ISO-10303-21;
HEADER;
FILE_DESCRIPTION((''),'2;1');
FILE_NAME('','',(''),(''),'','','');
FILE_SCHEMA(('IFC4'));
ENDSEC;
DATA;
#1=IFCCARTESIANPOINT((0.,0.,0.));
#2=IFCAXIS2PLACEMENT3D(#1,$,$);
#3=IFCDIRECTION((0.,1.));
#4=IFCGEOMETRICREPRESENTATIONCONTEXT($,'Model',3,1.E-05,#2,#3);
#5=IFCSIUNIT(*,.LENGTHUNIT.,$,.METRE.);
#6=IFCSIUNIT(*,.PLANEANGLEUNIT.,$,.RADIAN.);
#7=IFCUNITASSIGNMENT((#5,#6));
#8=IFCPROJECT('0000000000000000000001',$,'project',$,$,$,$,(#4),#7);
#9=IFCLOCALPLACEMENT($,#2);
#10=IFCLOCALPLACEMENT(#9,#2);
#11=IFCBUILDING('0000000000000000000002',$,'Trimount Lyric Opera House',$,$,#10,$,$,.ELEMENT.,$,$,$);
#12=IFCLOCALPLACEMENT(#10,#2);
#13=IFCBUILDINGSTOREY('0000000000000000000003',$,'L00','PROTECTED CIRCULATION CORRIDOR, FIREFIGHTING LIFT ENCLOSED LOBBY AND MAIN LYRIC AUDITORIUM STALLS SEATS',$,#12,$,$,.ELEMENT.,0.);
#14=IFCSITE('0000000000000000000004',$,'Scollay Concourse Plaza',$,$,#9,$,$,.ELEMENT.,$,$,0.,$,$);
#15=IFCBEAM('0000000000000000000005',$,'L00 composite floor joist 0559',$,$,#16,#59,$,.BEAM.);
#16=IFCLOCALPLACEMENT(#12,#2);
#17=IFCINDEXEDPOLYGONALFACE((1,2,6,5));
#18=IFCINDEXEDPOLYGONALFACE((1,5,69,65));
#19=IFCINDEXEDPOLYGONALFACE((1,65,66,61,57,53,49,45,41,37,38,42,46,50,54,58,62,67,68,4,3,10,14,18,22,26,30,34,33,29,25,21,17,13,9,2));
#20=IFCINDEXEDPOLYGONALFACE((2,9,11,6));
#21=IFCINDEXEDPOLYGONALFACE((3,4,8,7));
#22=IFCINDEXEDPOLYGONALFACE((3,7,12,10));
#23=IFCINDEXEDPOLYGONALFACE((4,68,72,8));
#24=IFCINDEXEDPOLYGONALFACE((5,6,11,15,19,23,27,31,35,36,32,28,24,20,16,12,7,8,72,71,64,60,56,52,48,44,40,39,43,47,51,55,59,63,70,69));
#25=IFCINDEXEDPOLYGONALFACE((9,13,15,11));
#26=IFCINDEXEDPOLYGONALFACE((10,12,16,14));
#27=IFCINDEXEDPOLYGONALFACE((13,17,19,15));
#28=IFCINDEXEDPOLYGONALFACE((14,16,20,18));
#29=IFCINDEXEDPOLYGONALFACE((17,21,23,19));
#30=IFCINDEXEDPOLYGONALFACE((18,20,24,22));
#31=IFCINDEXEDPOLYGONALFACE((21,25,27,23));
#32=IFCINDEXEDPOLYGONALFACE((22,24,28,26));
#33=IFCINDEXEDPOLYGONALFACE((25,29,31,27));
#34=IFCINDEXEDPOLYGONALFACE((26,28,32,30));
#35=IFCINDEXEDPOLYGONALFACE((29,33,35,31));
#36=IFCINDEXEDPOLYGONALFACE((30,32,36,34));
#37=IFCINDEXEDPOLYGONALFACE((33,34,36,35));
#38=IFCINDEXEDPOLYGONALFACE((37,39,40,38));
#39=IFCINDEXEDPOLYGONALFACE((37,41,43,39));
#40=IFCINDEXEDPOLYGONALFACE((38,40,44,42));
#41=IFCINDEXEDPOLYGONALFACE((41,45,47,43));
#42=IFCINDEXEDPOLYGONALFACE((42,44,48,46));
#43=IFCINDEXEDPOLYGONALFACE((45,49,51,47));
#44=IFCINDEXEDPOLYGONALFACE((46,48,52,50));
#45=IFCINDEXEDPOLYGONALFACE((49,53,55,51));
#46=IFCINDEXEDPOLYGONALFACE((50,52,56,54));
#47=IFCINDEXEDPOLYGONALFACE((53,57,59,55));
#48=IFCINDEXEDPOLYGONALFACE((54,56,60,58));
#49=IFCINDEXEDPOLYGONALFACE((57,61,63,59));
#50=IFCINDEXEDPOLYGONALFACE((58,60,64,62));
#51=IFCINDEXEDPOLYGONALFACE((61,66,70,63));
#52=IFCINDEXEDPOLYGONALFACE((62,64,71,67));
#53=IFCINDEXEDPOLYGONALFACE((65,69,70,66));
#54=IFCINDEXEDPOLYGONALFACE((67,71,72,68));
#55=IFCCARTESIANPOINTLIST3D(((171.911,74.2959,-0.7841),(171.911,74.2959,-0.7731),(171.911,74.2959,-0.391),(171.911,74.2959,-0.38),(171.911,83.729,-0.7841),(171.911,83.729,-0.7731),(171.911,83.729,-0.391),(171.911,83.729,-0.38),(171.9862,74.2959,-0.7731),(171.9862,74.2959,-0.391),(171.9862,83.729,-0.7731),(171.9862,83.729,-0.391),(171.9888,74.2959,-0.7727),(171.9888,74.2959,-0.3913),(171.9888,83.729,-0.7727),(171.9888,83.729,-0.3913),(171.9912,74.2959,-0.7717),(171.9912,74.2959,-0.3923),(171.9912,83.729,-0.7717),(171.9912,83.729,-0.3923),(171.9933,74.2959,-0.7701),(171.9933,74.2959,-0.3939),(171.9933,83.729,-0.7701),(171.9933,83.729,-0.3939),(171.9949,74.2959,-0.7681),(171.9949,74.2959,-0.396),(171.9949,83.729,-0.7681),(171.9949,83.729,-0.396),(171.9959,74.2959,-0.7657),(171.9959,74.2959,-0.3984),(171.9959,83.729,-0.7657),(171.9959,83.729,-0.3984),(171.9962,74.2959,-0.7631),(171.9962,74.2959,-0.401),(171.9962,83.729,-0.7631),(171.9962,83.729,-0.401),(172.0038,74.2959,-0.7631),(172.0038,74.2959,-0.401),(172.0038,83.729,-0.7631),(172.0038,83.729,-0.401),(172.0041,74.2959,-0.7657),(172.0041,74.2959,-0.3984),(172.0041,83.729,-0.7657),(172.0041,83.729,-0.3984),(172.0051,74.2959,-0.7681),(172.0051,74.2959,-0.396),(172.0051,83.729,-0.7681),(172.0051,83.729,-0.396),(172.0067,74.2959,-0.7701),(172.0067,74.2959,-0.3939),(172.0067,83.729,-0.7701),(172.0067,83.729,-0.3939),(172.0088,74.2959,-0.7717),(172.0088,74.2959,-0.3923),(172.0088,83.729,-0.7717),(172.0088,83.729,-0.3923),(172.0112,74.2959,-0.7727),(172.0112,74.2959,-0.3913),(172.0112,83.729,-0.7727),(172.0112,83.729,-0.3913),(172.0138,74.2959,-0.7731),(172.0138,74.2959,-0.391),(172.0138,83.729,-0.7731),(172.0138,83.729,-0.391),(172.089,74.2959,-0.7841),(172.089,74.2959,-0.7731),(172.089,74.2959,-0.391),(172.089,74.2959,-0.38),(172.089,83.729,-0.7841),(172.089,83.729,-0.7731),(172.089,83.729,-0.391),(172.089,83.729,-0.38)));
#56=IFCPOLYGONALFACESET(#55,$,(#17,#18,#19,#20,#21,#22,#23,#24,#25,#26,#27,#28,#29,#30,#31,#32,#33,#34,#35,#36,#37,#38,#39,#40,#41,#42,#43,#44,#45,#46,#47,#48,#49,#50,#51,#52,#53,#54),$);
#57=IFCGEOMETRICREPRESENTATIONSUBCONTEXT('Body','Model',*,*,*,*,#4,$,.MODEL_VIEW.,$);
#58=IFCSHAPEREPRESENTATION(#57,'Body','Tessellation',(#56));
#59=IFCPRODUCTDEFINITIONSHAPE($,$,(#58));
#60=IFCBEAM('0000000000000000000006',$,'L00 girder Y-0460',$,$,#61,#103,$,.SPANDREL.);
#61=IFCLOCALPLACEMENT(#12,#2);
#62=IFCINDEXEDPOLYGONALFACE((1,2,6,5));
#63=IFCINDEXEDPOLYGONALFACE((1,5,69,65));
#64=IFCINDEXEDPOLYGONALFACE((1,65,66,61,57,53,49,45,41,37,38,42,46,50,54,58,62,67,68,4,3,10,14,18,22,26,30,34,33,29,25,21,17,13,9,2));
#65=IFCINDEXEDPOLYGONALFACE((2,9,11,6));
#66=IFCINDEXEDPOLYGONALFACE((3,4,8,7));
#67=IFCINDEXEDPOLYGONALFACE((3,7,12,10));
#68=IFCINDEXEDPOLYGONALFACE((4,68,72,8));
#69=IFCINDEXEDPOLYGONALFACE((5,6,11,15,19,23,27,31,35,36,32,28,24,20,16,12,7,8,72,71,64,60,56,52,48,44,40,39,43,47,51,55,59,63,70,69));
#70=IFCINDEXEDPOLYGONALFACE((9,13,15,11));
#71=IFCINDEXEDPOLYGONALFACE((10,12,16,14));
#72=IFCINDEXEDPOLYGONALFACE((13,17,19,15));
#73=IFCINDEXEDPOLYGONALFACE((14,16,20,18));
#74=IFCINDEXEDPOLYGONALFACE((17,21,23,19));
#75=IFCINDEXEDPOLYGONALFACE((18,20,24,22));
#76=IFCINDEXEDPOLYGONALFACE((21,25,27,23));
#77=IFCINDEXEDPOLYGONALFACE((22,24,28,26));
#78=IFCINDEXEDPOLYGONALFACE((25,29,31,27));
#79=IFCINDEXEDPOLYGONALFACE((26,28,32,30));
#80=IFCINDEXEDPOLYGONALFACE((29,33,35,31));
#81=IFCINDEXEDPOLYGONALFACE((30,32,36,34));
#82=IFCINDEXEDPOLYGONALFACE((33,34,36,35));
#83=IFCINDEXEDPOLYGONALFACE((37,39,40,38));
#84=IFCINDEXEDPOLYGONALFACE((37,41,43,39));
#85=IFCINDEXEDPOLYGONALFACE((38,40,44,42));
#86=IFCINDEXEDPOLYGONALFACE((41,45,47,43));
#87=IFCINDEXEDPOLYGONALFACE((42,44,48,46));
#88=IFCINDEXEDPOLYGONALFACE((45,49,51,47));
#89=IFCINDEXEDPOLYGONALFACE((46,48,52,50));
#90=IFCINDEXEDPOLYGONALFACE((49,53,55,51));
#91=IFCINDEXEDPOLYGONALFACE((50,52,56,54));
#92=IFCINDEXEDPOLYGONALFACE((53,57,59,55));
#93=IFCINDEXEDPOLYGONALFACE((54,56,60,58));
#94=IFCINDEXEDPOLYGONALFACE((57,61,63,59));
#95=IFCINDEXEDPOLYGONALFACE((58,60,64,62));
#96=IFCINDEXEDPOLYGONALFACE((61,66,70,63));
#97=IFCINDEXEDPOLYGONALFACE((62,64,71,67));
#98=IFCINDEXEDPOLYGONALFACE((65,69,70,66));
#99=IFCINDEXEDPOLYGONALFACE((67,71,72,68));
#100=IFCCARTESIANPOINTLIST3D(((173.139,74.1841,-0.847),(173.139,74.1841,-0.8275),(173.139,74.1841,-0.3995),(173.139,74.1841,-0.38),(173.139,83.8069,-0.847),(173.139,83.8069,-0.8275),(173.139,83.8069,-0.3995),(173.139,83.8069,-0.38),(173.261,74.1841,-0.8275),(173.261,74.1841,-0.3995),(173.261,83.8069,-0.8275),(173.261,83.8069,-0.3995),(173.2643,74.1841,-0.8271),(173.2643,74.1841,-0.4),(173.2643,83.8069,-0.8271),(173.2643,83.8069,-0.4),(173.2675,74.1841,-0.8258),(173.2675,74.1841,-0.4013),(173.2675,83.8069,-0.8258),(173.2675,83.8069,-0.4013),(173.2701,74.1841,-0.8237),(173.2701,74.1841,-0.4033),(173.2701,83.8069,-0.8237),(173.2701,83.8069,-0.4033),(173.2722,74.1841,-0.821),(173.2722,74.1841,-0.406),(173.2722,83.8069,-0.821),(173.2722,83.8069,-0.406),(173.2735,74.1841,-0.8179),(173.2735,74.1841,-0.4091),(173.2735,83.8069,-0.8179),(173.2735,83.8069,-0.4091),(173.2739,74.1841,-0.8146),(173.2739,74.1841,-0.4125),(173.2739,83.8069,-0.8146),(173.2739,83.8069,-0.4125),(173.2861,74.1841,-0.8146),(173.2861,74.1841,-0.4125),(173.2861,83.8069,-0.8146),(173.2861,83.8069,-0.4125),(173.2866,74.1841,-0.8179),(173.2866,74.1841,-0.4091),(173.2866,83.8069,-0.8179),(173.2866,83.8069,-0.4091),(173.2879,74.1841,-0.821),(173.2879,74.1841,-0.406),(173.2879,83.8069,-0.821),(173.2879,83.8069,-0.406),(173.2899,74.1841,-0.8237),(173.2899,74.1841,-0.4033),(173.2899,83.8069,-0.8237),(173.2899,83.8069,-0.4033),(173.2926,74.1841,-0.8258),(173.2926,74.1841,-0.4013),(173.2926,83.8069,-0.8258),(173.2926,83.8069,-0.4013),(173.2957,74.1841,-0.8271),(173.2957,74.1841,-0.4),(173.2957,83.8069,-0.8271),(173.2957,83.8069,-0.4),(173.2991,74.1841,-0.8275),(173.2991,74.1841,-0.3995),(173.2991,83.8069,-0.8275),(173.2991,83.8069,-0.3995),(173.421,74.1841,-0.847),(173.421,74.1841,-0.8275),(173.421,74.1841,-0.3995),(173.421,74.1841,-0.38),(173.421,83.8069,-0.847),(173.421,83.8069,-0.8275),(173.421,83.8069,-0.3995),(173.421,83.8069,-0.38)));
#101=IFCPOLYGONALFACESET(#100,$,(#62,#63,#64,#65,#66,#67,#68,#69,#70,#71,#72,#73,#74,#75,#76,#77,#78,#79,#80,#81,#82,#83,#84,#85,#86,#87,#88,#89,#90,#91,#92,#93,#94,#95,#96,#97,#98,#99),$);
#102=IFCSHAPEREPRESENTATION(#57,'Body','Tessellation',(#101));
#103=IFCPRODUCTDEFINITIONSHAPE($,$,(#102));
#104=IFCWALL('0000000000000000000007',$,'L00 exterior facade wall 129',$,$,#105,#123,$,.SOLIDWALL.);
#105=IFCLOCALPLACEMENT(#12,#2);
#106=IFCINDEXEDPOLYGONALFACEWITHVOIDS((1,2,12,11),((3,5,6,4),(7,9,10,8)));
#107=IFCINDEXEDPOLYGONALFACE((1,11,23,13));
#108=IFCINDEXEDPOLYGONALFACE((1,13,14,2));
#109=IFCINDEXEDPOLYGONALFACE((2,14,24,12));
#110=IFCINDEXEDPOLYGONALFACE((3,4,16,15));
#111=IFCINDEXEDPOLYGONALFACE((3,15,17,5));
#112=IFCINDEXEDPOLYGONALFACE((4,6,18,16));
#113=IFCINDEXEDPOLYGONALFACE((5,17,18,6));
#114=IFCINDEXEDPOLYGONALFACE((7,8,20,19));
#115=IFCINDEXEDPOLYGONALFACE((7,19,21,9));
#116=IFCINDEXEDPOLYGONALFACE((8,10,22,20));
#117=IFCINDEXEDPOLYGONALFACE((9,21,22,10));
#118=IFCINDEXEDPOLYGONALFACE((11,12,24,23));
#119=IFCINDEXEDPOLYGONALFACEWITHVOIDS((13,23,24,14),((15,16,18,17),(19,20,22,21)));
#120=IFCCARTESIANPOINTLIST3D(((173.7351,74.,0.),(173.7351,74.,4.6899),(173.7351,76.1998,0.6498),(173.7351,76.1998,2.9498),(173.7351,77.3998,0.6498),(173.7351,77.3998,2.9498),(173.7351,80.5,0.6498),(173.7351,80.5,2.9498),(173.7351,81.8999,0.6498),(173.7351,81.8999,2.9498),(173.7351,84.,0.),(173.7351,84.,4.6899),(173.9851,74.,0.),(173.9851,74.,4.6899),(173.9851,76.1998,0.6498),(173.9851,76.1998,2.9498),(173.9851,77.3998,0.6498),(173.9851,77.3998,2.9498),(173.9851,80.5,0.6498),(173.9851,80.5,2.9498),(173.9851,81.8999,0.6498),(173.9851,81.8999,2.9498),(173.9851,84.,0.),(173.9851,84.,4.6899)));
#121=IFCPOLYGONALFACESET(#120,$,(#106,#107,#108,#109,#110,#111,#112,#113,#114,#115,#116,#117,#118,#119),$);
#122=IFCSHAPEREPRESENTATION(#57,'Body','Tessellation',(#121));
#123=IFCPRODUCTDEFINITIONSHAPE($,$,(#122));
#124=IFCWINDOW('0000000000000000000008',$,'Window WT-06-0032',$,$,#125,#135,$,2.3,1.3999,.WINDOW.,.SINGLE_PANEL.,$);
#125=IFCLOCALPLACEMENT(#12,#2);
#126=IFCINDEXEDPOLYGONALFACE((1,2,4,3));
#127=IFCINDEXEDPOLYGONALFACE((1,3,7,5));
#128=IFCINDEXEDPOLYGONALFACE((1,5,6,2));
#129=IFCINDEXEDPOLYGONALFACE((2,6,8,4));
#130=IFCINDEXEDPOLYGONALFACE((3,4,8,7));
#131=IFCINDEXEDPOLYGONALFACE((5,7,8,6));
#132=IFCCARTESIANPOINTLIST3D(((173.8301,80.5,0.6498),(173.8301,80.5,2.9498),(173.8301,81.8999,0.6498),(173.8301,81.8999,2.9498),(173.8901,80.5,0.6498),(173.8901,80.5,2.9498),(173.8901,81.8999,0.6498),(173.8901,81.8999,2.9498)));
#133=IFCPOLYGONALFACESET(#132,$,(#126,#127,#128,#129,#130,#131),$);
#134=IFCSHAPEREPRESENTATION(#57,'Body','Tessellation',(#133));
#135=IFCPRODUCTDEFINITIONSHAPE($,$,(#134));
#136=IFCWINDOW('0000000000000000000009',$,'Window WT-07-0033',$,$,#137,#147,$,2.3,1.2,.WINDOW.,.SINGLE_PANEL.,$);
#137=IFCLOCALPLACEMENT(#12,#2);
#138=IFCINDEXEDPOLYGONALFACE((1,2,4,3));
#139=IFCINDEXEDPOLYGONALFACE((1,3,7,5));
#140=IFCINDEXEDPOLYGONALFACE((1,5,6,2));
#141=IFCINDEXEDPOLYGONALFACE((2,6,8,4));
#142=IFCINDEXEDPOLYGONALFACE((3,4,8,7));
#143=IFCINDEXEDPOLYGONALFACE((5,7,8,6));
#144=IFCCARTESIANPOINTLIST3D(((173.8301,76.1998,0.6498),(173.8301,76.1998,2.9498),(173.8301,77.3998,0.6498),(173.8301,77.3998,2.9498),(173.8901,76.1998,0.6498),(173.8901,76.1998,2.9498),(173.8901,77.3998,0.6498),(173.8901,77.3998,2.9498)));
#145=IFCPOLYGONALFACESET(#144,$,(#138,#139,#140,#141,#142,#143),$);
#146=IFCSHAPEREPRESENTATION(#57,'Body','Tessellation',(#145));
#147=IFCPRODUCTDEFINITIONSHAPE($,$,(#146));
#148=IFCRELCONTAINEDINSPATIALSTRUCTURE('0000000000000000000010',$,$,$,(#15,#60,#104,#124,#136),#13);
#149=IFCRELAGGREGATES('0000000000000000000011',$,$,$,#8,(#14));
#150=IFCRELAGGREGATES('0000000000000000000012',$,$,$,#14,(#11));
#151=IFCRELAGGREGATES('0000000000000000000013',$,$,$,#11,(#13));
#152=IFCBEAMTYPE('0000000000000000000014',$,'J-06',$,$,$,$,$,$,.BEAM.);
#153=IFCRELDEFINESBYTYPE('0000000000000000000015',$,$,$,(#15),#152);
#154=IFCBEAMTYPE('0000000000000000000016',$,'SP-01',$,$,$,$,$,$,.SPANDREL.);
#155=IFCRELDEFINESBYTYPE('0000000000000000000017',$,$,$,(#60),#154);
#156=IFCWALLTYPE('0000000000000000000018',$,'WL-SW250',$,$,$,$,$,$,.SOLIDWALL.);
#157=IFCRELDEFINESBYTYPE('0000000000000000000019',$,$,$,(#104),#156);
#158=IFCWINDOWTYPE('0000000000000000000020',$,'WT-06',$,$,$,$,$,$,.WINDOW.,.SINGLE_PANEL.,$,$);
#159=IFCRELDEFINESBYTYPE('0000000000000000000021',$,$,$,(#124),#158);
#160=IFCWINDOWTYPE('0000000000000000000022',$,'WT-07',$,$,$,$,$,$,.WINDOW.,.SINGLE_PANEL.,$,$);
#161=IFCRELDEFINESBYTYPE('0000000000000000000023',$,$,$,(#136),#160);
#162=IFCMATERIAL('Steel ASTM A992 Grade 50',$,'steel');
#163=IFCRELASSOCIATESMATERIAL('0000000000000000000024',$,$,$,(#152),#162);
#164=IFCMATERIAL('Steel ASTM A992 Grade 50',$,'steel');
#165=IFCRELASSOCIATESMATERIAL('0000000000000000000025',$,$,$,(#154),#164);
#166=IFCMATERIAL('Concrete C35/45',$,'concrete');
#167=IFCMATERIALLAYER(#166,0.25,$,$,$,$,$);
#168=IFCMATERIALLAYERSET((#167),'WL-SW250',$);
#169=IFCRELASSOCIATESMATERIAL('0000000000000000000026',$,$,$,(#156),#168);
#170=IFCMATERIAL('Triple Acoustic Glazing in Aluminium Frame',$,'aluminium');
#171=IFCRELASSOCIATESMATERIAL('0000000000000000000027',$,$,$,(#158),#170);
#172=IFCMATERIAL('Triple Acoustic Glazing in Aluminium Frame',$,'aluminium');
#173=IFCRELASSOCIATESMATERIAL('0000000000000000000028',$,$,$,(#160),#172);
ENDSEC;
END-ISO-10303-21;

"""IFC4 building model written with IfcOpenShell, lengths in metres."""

from ifc_helpers import new_model, si_unit, direction, frame, frame_2d, origin, origin_2d, place, context, subcontext, project, spatial, rectangle, i_section, extrude, material, layer, layer_set, material_profile, profile_set, type_object, element, fill, save


model = new_model("IFC4")

# Units and contexts
model_context = context("Model", 3, precision=1e-05, world=origin(), true_north=direction((0.0, 1.0)))
body_context = subcontext(model_context, "Body", "Model", "MODEL_VIEW")
ifc_project = project(units=[si_unit("LENGTHUNIT", "METRE"), si_unit("PLANEANGLEUNIT", "RADIAN")], contexts=[model_context])

# Site, building, storey
site_placement = place(None, origin())
site = spatial("IfcSite", under=ifc_project, at=site_placement, Name="Scollay Concourse Plaza", CompositionType="ELEMENT", RefElevation=0.0)
building_placement = place(site_placement, origin())
building = spatial("IfcBuilding", under=site, at=building_placement, Name="Trimount Lyric Opera House", CompositionType="ELEMENT")
storey_placement = place(building_placement, origin())
storey = spatial("IfcBuildingStorey", under=building, at=storey_placement, Name="L00", Description="PROTECTED CIRCULATION CORRIDOR, FIREFIGHTING LIFT ENCLOSED LOBBY AND MAIN LYRIC AUDITORIUM STALLS SEATS", CompositionType="ELEMENT", Elevation=0.0)

# Beams
ifc_material_1 = material(Name="Steel ASTM A992 Grade 50", Category="steel")
ifc_material_profile_1 = material_profile(ifc_material_1, i_section(OverallWidth=0.178, OverallDepth=0.4041, WebThickness=0.0076, FlangeThickness=0.011, FilletRadius=0.01, at=origin_2d()), Name="W16X36")
ifc_profile_set_1 = profile_set([ifc_material_profile_1], Name="Steel ASTM A992 Grade 50")
beam_type_1 = type_object("IfcBeamType", Name="J-06", PredefinedType="BEAM", material=ifc_profile_set_1)
beam_1_placement = place(storey_placement, frame((172.0, 74.2959, -0.582), z_axis=(0.0, 1.0, 0.0), x_axis=(-1.0, 0.0, 0.0)))
element("IfcBeam", 1, at=beam_1_placement, inside=storey, type_object=beam_type_1, Name="L00 composite floor joist 0559", PredefinedType="BEAM", context=body_context, shape_type="SweptSolid", body=[
    extrude(i_section(OverallWidth=0.178, OverallDepth=0.4041, WebThickness=0.0076, FlangeThickness=0.011, FilletRadius=0.01, at=origin_2d()), origin(), (0.0, 0.0, 1.0), 9.4331),
])
ifc_material_2 = material(Name="Steel ASTM A992 Grade 50", Category="steel")
ifc_material_profile_2 = material_profile(ifc_material_2, i_section(OverallWidth=0.282, OverallDepth=0.467, WebThickness=0.0122, FlangeThickness=0.0195, FilletRadius=0.0129, at=origin_2d()), Name="W18X86")
ifc_profile_set_2 = profile_set([ifc_material_profile_2], Name="Steel ASTM A992 Grade 50")
beam_type_2 = type_object("IfcBeamType", Name="SP-01", PredefinedType="SPANDREL", material=ifc_profile_set_2)
beam_2_placement = place(storey_placement, frame((173.28, 74.1841, -0.6135), z_axis=(0.0, 1.0, 0.0), x_axis=(-1.0, 0.0, 0.0)))
element("IfcBeam", 2, at=beam_2_placement, inside=storey, type_object=beam_type_2, Name="L00 girder Y-0460", PredefinedType="SPANDREL", context=body_context, shape_type="SweptSolid", body=[
    extrude(i_section(OverallWidth=0.282, OverallDepth=0.467, WebThickness=0.0122, FlangeThickness=0.0195, FilletRadius=0.0129, at=origin_2d()), origin(), (0.0, 0.0, 1.0), 9.6228),
])

# Wall, openings, windows
ifc_material_3 = material(Name="Concrete C35/45", Category="concrete")
ifc_layer = layer(ifc_material_3, 0.25)
ifc_layer_set = layer_set([ifc_layer], Name="WL-SW250")
wall_type = type_object("IfcWallType", Name="WL-SW250", PredefinedType="SOLIDWALL", material=ifc_layer_set)
wall_1_placement = place(storey_placement, frame((173.8601, 84.0, 0.0), z_axis=(0.0, 0.0, 1.0), x_axis=(0.0, -1.0, 0.0)))
wall_1 = element("IfcWall", 3, at=wall_1_placement, inside=storey, type_object=wall_type, Name="L00 exterior facade wall 129", PredefinedType="SOLIDWALL", context=body_context, shape_type="SweptSolid", body=[
    extrude(rectangle(XDim=10.0, YDim=0.25, at=frame_2d((5.0, 0.0))), origin(), (0.0, 0.0, 1.0), 4.6899),
])
opening_1_placement = place(wall_1_placement, frame((2.1001, 0.0, 0.6499)))
opening_1 = element("IfcOpeningElement", 4, at=opening_1_placement, cuts=wall_1, PredefinedType="OPENING", context=body_context, shape_type="SweptSolid", body=[
    extrude(rectangle(XDim=1.3999, YDim=2.3, at=frame_2d((0.7, 1.1499))), frame((0.0, 0.135, 0.0), z_axis=(0.0, -1.0, 0.0), x_axis=(1.0, 0.0, 0.0)), (0.0, 0.0, 1.0), 0.27),
])
opening_2_placement = place(wall_1_placement, frame((6.6001, 0.0, 0.6499)))
opening_2 = element("IfcOpeningElement", 5, at=opening_2_placement, cuts=wall_1, PredefinedType="OPENING", context=body_context, shape_type="SweptSolid", body=[
    extrude(rectangle(XDim=1.2, YDim=2.3, at=frame_2d((0.6001, 1.1499))), frame((0.0, 0.135, 0.0), z_axis=(0.0, -1.0, 0.0), x_axis=(1.0, 0.0, 0.0)), (0.0, 0.0, 1.0), 0.27),
])
ifc_material_4 = material(Name="Triple Acoustic Glazing in Aluminium Frame", Category="aluminium")
window_type_1 = type_object("IfcWindowType", Name="WT-06", PartitioningType="SINGLE_PANEL", PredefinedType="WINDOW", material=ifc_material_4)
window_1_placement = place(opening_1_placement, origin())
window_1 = element("IfcWindow", 6, at=window_1_placement, inside=storey, type_object=window_type_1, Name="Window WT-06-0032", OverallHeight=2.3, OverallWidth=1.3999, PartitioningType="SINGLE_PANEL", PredefinedType="WINDOW", context=body_context, shape_type="SweptSolid", body=[
    extrude(rectangle(XDim=1.3999, YDim=2.3, at=frame_2d((0.7, 1.1499))), frame((0.0, 0.03, 0.0), z_axis=(0.0, -1.0, 0.0), x_axis=(1.0, 0.0, 0.0)), (0.0, 0.0, 1.0), 0.0601),
])
fill(opening_1, window_1)
ifc_material_5 = material(Name="Triple Acoustic Glazing in Aluminium Frame", Category="aluminium")
window_type_2 = type_object("IfcWindowType", Name="WT-07", PartitioningType="SINGLE_PANEL", PredefinedType="WINDOW", material=ifc_material_5)
window_2_placement = place(opening_2_placement, origin())
window_2 = element("IfcWindow", 7, at=window_2_placement, inside=storey, type_object=window_type_2, Name="Window WT-07-0033", OverallHeight=2.3, OverallWidth=1.2, PartitioningType="SINGLE_PANEL", PredefinedType="WINDOW", context=body_context, shape_type="SweptSolid", body=[
    extrude(rectangle(XDim=1.2, YDim=2.3, at=frame_2d((0.6001, 1.1499))), frame((0.0, 0.03, 0.0), z_axis=(0.0, -1.0, 0.0), x_axis=(1.0, 0.0, 0.0)), (0.0, 0.0, 1.0), 0.0601),
])
fill(opening_2, window_2)

save(model, "model.ifc")
